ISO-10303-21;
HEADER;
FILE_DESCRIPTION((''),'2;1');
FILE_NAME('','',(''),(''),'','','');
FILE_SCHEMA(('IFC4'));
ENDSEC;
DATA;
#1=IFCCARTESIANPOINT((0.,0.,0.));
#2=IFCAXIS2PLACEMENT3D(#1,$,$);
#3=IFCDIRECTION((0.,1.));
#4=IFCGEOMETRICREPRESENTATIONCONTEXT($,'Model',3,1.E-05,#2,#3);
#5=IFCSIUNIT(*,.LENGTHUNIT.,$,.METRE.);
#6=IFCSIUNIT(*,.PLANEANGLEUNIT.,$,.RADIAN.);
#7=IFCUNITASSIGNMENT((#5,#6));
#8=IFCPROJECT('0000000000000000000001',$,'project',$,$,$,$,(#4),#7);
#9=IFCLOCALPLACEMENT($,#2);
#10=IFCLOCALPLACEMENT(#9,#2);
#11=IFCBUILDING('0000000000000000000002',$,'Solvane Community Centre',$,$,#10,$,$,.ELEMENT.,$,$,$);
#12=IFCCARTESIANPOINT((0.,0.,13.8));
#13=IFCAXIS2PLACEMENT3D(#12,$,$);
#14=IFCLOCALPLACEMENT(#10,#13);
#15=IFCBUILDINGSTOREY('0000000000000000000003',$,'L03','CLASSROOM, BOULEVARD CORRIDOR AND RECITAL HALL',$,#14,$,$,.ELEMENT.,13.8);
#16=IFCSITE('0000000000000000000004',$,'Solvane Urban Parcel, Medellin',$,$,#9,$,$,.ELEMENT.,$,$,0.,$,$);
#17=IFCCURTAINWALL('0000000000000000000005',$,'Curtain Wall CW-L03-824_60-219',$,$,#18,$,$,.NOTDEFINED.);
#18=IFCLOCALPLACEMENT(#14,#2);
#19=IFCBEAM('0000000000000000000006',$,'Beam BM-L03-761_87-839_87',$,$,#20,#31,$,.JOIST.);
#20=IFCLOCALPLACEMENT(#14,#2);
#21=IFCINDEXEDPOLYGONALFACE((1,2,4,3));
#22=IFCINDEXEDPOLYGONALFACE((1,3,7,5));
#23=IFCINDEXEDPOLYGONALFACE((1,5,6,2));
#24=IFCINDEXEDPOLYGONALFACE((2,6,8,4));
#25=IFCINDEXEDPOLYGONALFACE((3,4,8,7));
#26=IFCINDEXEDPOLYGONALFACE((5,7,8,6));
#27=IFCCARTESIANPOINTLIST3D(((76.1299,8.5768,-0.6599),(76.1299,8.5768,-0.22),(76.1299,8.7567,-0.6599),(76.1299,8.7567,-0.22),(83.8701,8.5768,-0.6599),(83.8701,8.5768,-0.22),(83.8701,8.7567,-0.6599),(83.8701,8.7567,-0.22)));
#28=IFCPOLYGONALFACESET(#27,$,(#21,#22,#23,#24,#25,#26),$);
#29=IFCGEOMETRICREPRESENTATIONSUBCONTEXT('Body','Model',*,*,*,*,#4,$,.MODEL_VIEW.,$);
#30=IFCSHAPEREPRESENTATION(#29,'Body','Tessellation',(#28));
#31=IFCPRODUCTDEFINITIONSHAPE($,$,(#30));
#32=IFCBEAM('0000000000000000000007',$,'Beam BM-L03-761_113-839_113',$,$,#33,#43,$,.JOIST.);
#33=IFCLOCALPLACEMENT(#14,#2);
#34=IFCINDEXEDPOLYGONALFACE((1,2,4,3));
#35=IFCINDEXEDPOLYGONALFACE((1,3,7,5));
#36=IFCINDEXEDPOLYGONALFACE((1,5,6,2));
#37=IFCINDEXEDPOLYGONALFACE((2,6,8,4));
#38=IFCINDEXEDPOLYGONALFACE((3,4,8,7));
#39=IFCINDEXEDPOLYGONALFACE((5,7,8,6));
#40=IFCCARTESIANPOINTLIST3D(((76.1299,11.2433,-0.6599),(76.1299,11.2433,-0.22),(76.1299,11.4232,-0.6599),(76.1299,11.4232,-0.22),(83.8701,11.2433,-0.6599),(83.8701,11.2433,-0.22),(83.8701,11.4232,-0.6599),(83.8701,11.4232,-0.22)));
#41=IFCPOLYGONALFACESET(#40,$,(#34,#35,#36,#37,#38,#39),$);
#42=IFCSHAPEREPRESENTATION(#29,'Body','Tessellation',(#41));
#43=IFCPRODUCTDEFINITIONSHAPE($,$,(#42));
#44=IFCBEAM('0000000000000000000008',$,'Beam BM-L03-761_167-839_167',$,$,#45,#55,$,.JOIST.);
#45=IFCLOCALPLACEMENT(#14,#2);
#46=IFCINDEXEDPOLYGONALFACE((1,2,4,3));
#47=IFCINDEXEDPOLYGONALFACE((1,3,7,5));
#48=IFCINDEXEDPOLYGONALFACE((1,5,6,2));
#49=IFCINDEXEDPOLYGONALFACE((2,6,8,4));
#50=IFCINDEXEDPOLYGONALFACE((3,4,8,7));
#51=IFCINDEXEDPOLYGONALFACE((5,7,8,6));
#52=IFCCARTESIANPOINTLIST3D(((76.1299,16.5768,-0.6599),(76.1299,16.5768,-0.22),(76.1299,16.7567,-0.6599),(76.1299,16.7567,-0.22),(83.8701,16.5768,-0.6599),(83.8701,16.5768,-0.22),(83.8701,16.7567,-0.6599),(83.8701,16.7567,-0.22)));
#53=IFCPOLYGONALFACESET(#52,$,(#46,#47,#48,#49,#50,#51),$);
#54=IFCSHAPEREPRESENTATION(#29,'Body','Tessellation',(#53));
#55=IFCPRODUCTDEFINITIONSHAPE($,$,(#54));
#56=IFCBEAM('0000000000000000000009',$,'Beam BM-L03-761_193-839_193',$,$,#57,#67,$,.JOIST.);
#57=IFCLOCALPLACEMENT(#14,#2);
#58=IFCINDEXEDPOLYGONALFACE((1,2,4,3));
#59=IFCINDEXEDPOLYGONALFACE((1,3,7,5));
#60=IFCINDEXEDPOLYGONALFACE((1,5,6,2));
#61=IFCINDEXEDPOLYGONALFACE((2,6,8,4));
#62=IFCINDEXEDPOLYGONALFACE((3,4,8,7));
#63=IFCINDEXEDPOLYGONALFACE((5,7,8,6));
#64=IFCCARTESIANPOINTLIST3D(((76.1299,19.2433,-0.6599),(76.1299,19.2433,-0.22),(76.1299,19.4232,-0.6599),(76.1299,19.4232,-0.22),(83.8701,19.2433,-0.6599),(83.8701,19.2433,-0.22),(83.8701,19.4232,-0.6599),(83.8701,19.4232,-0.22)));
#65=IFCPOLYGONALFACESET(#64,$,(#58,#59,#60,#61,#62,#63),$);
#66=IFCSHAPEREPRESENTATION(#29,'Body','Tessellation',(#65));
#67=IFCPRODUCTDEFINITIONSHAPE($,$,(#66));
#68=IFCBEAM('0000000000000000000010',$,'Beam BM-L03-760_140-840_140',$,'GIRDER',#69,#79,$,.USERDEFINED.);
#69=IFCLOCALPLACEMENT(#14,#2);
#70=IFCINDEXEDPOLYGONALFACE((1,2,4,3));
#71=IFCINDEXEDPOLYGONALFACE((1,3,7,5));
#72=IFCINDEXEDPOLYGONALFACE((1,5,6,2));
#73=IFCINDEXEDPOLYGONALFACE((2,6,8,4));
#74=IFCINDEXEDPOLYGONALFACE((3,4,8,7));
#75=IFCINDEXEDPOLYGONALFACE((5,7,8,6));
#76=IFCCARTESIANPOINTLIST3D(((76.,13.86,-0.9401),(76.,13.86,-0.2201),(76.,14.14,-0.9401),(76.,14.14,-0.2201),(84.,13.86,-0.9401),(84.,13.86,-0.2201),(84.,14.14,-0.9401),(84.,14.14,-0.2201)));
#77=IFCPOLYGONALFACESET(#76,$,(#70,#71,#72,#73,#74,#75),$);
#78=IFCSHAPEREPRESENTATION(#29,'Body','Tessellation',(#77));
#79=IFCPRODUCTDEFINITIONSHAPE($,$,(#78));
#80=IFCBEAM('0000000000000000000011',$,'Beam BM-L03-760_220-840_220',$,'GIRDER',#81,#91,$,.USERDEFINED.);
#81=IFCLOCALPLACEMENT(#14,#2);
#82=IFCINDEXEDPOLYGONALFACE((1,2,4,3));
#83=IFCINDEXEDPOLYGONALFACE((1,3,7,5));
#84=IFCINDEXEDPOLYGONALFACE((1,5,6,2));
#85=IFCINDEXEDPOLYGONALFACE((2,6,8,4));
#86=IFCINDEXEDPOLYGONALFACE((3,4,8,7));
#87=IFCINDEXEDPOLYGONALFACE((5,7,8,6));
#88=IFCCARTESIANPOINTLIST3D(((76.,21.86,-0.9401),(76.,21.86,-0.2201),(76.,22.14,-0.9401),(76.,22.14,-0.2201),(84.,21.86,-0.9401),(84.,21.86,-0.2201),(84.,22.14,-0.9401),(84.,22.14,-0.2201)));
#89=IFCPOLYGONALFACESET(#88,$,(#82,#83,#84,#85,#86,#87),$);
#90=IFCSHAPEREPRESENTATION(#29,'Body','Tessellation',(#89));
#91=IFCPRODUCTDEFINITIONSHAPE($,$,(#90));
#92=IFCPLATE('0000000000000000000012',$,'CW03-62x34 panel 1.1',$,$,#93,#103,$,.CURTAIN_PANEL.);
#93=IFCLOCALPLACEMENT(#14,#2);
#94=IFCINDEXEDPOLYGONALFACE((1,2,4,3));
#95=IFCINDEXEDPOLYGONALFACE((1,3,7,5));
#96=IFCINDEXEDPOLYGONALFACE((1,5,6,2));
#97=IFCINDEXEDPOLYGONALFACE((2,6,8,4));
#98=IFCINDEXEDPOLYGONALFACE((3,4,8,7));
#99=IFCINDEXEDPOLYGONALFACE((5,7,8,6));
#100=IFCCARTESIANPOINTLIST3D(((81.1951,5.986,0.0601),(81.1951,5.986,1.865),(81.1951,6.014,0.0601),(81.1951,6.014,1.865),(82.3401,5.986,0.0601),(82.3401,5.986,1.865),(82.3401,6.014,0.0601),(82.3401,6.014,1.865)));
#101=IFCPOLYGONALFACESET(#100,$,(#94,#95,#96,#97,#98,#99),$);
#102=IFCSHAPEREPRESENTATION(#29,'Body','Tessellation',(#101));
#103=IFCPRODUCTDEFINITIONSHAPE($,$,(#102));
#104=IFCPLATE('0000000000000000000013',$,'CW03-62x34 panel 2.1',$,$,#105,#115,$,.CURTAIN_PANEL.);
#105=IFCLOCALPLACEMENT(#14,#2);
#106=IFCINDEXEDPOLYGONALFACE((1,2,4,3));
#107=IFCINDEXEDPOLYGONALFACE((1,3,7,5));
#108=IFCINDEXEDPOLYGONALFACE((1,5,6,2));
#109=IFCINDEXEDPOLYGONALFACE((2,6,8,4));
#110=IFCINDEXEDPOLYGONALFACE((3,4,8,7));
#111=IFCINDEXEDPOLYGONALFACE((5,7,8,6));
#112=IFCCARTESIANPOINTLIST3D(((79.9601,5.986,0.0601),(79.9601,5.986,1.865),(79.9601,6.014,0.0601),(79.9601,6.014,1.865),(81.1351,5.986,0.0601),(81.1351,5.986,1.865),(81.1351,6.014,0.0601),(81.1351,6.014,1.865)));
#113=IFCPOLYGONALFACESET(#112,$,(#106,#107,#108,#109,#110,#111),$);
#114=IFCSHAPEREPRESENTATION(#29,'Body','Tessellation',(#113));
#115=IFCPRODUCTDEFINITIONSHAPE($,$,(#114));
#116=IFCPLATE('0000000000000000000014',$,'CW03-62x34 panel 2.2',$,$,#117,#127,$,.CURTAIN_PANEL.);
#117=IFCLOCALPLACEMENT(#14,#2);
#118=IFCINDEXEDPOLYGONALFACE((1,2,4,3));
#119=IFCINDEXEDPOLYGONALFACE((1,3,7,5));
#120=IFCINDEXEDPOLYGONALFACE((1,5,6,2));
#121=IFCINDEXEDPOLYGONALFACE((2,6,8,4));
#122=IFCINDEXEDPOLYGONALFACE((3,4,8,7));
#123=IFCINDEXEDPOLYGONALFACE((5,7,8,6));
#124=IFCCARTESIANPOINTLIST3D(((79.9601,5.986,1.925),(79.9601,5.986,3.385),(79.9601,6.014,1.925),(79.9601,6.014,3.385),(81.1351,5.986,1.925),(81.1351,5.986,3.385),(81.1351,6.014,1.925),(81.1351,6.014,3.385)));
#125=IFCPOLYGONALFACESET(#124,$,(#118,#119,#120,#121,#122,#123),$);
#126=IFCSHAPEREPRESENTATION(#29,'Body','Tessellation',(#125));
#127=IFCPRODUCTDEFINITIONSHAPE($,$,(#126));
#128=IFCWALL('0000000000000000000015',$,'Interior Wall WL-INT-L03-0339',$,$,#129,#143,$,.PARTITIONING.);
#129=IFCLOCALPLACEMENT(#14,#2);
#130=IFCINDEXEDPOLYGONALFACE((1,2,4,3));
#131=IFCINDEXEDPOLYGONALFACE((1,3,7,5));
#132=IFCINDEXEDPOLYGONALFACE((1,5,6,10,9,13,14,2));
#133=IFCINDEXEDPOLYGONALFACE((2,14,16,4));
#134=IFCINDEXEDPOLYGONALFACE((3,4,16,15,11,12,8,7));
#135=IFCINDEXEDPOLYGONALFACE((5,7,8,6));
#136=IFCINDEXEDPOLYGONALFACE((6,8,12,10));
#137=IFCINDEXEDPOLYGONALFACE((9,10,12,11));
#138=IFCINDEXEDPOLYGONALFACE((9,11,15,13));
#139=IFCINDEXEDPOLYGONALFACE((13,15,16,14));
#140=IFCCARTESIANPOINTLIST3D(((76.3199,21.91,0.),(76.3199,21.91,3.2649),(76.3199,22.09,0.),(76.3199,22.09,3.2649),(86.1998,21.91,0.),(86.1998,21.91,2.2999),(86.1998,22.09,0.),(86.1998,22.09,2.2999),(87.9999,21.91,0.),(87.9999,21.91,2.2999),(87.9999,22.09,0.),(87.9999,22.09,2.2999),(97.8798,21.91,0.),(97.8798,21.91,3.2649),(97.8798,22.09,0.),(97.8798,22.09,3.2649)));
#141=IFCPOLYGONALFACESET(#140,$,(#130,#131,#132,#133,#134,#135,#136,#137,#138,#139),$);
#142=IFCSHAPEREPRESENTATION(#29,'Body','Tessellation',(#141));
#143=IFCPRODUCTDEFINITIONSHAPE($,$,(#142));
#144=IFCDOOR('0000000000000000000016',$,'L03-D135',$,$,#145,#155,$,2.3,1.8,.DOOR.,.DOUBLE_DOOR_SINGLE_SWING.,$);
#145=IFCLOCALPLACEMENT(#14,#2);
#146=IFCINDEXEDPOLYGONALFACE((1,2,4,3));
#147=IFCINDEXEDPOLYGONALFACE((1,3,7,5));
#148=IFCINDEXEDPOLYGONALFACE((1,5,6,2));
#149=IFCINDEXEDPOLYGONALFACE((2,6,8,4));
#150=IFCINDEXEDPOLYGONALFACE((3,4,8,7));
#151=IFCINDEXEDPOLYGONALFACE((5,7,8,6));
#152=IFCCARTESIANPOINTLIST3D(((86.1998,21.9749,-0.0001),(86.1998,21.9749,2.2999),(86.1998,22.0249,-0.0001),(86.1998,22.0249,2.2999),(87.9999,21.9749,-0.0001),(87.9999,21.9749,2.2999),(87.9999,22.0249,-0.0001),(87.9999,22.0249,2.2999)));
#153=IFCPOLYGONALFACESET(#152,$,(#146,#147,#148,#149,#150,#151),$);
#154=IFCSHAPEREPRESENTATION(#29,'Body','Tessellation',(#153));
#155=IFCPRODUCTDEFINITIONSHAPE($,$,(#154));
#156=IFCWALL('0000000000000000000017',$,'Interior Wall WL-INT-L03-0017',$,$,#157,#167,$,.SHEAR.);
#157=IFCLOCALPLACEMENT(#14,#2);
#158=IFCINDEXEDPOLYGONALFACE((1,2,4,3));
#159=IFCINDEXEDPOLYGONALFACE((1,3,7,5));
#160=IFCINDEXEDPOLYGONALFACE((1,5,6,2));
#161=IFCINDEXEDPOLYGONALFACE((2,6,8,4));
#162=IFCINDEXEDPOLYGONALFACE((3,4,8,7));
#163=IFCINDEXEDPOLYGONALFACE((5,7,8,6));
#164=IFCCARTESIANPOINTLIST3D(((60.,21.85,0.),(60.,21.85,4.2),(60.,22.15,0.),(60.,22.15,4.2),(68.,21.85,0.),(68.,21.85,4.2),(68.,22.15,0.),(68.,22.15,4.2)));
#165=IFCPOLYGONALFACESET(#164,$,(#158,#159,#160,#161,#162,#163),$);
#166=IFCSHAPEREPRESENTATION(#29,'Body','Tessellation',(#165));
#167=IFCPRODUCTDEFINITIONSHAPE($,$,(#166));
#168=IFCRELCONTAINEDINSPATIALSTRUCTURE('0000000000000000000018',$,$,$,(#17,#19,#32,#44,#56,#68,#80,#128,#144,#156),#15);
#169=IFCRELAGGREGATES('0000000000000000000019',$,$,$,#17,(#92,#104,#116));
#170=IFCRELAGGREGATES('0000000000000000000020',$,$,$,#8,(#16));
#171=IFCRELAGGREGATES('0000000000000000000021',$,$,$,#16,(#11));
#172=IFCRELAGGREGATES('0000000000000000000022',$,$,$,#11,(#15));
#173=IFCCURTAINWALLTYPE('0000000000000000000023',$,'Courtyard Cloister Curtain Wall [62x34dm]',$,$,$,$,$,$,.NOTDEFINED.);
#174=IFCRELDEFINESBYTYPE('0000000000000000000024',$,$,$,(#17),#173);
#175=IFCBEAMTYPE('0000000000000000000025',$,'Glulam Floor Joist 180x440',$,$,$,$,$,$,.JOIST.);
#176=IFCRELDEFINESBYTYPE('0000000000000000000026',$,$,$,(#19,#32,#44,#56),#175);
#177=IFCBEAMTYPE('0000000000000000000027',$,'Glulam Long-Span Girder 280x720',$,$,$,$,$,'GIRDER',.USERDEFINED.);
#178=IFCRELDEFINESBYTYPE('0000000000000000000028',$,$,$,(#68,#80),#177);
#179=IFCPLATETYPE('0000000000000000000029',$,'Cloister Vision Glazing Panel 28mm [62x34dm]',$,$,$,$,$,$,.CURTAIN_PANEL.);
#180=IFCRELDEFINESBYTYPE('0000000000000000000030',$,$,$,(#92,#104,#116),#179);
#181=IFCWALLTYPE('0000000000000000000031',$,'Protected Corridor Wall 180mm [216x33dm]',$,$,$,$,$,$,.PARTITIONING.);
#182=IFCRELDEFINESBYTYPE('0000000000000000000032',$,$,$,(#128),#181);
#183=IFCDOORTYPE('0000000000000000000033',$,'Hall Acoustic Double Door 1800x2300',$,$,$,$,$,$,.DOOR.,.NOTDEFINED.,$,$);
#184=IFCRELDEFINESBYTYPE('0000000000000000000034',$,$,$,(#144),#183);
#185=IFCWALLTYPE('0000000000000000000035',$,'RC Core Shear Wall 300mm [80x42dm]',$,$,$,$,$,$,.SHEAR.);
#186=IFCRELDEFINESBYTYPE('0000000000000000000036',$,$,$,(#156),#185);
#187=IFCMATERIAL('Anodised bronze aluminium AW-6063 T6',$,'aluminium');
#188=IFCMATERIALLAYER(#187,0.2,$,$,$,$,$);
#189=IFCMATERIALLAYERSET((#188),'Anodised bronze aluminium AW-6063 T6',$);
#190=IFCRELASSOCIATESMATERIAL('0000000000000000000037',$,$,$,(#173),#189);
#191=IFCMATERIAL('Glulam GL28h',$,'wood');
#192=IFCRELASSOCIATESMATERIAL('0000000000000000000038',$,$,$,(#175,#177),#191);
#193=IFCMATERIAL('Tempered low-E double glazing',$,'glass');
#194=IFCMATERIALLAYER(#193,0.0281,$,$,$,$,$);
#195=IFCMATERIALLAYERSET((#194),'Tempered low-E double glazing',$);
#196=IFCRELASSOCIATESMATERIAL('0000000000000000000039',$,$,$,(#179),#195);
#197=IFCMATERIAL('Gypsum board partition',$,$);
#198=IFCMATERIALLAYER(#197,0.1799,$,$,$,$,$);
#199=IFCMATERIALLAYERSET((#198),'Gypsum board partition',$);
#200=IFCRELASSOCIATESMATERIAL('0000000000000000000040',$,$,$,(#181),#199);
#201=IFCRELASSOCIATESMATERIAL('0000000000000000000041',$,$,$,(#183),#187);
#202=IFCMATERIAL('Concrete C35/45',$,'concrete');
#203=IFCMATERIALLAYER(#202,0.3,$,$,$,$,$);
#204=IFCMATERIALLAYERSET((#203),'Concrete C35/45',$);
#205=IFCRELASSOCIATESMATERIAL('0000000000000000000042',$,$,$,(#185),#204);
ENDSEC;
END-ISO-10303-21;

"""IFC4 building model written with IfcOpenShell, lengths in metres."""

from ifc_helpers import new_model, si_unit, direction, frame, frame_2d, origin, origin_2d, place, context, subcontext, project, spatial, rectangle, extrude, material, layer, layer_set, material_profile, profile_set, type_object, element, fill, aggregate, save


model = new_model("IFC4")

# Units and contexts
model_context = context("Model", 3, precision=1e-05, world=origin(), true_north=direction((0.0, 1.0)))
body_context = subcontext(model_context, "Body", "Model", "MODEL_VIEW")
ifc_project = project(units=[si_unit("LENGTHUNIT", "METRE"), si_unit("PLANEANGLEUNIT", "RADIAN")], contexts=[model_context])

# Site, building, storey
site_placement = place(None, origin())
site = spatial("IfcSite", under=ifc_project, at=site_placement, Name="Solvane Urban Parcel, Medellin", CompositionType="ELEMENT", RefElevation=0.0)
building_placement = place(site_placement, origin())
building = spatial("IfcBuilding", under=site, at=building_placement, Name="Solvane Community Centre", CompositionType="ELEMENT")
storey_placement = place(building_placement, frame((0.0, 0.0, 13.8)))
storey = spatial("IfcBuildingStorey", under=building, at=storey_placement, Name="L03", Description="CLASSROOM, BOULEVARD CORRIDOR AND RECITAL HALL", CompositionType="ELEMENT", Elevation=13.8)

# Curtain wall
ifc_material_1 = material(Name="Anodised bronze aluminium AW-6063 T6", Category="aluminium")
ifc_layer_1 = layer(ifc_material_1, 0.2)
ifc_layer_set_1 = layer_set([ifc_layer_1], Name="Anodised bronze aluminium AW-6063 T6")
curtain_wall_type = type_object("IfcCurtainWallType", Name="Courtyard Cloister Curtain Wall [62x34dm]", PredefinedType="NOTDEFINED", material=ifc_layer_set_1)
curtain_wall_placement = place(storey_placement, origin())
curtain_wall = element("IfcCurtainWall", 1, at=curtain_wall_placement, inside=storey, type_object=curtain_wall_type, Name="Curtain Wall CW-L03-824_60-219", PredefinedType="NOTDEFINED")

# Beams
ifc_material_2 = material(Name="Glulam GL28h", Category="wood")
ifc_material_profile_1 = material_profile(ifc_material_2, rectangle(XDim=0.1799, YDim=0.4399, at=origin_2d()), Name="GL28h 180x440")
ifc_profile_set_1 = profile_set([ifc_material_profile_1], Name="Glulam GL28h")
beam_type_1 = type_object("IfcBeamType", Name="Glulam Floor Joist 180x440", PredefinedType="JOIST", material=ifc_profile_set_1)
for number, where, z_axis, x_axis, name in (
    (2, (76.1299, 8.6667, -0.4399), (1.0, 0.0, 0.0), (0.0, 1.0, 0.0), "Beam BM-L03-761_87-839_87"),
    (3, (76.1299, 11.3333, -0.4399), (1.0, 0.0, 0.0), (0.0, 1.0, 0.0), "Beam BM-L03-761_113-839_113"),
    (4, (76.1299, 16.6667, -0.4399), (1.0, 0.0, 0.0), (0.0, 1.0, 0.0), "Beam BM-L03-761_167-839_167"),
    (5, (76.1299, 19.3333, -0.4399), (1.0, 0.0, 0.0), (0.0, 1.0, 0.0), "Beam BM-L03-761_193-839_193"),
):
    element("IfcBeam", number, at=place(storey_placement, frame(where, z_axis=z_axis, x_axis=x_axis)), inside=storey, type_object=beam_type_1, Name=name, PredefinedType="JOIST", context=body_context, shape_type="SweptSolid", body=[
        extrude(rectangle(XDim=0.1799, YDim=0.4399, at=origin_2d()), origin(), (0.0, 0.0, 1.0), 7.7402),
    ])
ifc_material_profile_2 = material_profile(ifc_material_2, rectangle(XDim=0.28, YDim=0.72, at=origin_2d()), Name="GL28h 280x720")
ifc_profile_set_2 = profile_set([ifc_material_profile_2], Name="Glulam GL28h")
beam_type_2 = type_object("IfcBeamType", Name="Glulam Long-Span Girder 280x720", ElementType="GIRDER", PredefinedType="USERDEFINED", material=ifc_profile_set_2)
for number, where, z_axis, x_axis, name in (
    (6, (76.0, 14.0, -0.5801), (1.0, 0.0, 0.0), (0.0, 1.0, 0.0), "Beam BM-L03-760_140-840_140"),
    (7, (76.0, 22.0, -0.5801), (1.0, 0.0, 0.0), (0.0, 1.0, 0.0), "Beam BM-L03-760_220-840_220"),
):
    element("IfcBeam", number, at=place(storey_placement, frame(where, z_axis=z_axis, x_axis=x_axis)), inside=storey, type_object=beam_type_2, Name=name, ObjectType="GIRDER", PredefinedType="USERDEFINED", context=body_context, shape_type="SweptSolid", body=[
        extrude(rectangle(XDim=0.28, YDim=0.72, at=origin_2d()), origin(), (0.0, 0.0, 1.0), 8.0),
    ])

# Plates
ifc_material_3 = material(Name="Tempered low-E double glazing", Category="glass")
ifc_layer_2 = layer(ifc_material_3, 0.0281)
ifc_layer_set_2 = layer_set([ifc_layer_2], Name="Tempered low-E double glazing")
plate_type = type_object("IfcPlateType", Name="Cloister Vision Glazing Panel 28mm [62x34dm]", PredefinedType="CURTAIN_PANEL", material=ifc_layer_set_2)
plate_1_placement = place(storey_placement, frame((81.7676, 6.0, 0.0601), z_axis=(0.0, 0.0, 1.0), x_axis=(-1.0, 0.0, 0.0)))
plate_1 = element("IfcPlate", 8, at=plate_1_placement, type_object=plate_type, Name="CW03-62x34 panel 1.1", PredefinedType="CURTAIN_PANEL", context=body_context, shape_type="SweptSolid", body=[
    extrude(rectangle(XDim=1.145, YDim=0.0281, at=origin_2d()), origin(), (0.0, 0.0, 1.0), 1.8049),
])
plate_2_placement = place(storey_placement, frame((80.5476, 6.0, 0.0601), z_axis=(0.0, 0.0, 1.0), x_axis=(-1.0, 0.0, 0.0)))
plate_2 = element("IfcPlate", 9, at=plate_2_placement, type_object=plate_type, Name="CW03-62x34 panel 2.1", PredefinedType="CURTAIN_PANEL", context=body_context, shape_type="SweptSolid", body=[
    extrude(rectangle(XDim=1.175, YDim=0.0281, at=origin_2d()), origin(), (0.0, 0.0, 1.0), 1.8049),
])
plate_3_placement = place(storey_placement, frame((80.5476, 6.0, 1.925), z_axis=(0.0, 0.0, 1.0), x_axis=(-1.0, 0.0, 0.0)))
plate_3 = element("IfcPlate", 10, at=plate_3_placement, type_object=plate_type, Name="CW03-62x34 panel 2.2", PredefinedType="CURTAIN_PANEL", context=body_context, shape_type="SweptSolid", body=[
    extrude(rectangle(XDim=1.175, YDim=0.0281, at=origin_2d()), origin(), (0.0, 0.0, 1.0), 1.46),
])
aggregate(curtain_wall, [plate_1, plate_2, plate_3])

# Wall, opening, door
ifc_material_4 = material(Name="Gypsum board partition")
ifc_layer_3 = layer(ifc_material_4, 0.1799)
ifc_layer_set_3 = layer_set([ifc_layer_3], Name="Gypsum board partition")
wall_type_1 = type_object("IfcWallType", Name="Protected Corridor Wall 180mm [216x33dm]", PredefinedType="PARTITIONING", material=ifc_layer_set_3)
wall_1_placement = place(storey_placement, frame((76.3201, 22.0, 0.0), z_axis=(0.0, 0.0, 1.0), x_axis=(1.0, 0.0, 0.0)))
wall_1 = element("IfcWall", 11, at=wall_1_placement, inside=storey, type_object=wall_type_1, Name="Interior Wall WL-INT-L03-0339", PredefinedType="PARTITIONING", context=body_context, shape_type="SweptSolid", body=[
    extrude(rectangle(XDim=21.5598, YDim=0.1799, at=frame_2d((10.7798, 0.0))), origin(), (0.0, 0.0, 1.0), 3.2649),
])
opening_placement = place(wall_1_placement, frame((9.8799, 0.0, 0.0)))
opening = element("IfcOpeningElement", 12, at=opening_placement, cuts=wall_1, PredefinedType="OPENING", context=body_context, shape_type="SweptSolid", body=[
    extrude(rectangle(XDim=1.8, YDim=2.3, at=frame_2d((0.8999, 1.1499))), frame((0.0, 0.0999, 0.0), z_axis=(0.0, -1.0, 0.0), x_axis=(1.0, 0.0, 0.0)), (0.0, 0.0, 1.0), 0.2),
])
door_type = type_object("IfcDoorType", Name="Hall Acoustic Double Door 1800x2300", OperationType="NOTDEFINED", PredefinedType="DOOR", material=ifc_material_1)
door_placement = place(opening_placement, origin())
door = element("IfcDoor", 13, at=door_placement, inside=storey, type_object=door_type, Name="L03-D135", OperationType="DOUBLE_DOOR_SINGLE_SWING", OverallHeight=2.3, OverallWidth=1.8, PredefinedType="DOOR", context=body_context, shape_type="SweptSolid", body=[
    extrude(rectangle(XDim=1.8, YDim=2.3, at=frame_2d((0.8999, 1.1499))), frame((0.0, 0.0249, 0.0), z_axis=(0.0, -1.0, 0.0), x_axis=(1.0, 0.0, 0.0)), (0.0, 0.0, 1.0), 0.05),
])
fill(opening, door)

# Wall
ifc_material_5 = material(Name="Concrete C35/45", Category="concrete")
ifc_layer_4 = layer(ifc_material_5, 0.3)
ifc_layer_set_4 = layer_set([ifc_layer_4], Name="Concrete C35/45")
wall_type_2 = type_object("IfcWallType", Name="RC Core Shear Wall 300mm [80x42dm]", PredefinedType="SHEAR", material=ifc_layer_set_4)
wall_2_placement = place(storey_placement, frame((68.0, 22.0, 0.0), z_axis=(0.0, 0.0, 1.0), x_axis=(-1.0, 0.0, 0.0)))
element("IfcWall", 14, at=wall_2_placement, inside=storey, type_object=wall_type_2, Name="Interior Wall WL-INT-L03-0017", PredefinedType="SHEAR", context=body_context, shape_type="SweptSolid", body=[
    extrude(rectangle(XDim=8.0, YDim=0.3, at=frame_2d((4.0, 0.0))), origin(), (0.0, 0.0, 1.0), 4.2),
])

save(model, "model.ifc")
